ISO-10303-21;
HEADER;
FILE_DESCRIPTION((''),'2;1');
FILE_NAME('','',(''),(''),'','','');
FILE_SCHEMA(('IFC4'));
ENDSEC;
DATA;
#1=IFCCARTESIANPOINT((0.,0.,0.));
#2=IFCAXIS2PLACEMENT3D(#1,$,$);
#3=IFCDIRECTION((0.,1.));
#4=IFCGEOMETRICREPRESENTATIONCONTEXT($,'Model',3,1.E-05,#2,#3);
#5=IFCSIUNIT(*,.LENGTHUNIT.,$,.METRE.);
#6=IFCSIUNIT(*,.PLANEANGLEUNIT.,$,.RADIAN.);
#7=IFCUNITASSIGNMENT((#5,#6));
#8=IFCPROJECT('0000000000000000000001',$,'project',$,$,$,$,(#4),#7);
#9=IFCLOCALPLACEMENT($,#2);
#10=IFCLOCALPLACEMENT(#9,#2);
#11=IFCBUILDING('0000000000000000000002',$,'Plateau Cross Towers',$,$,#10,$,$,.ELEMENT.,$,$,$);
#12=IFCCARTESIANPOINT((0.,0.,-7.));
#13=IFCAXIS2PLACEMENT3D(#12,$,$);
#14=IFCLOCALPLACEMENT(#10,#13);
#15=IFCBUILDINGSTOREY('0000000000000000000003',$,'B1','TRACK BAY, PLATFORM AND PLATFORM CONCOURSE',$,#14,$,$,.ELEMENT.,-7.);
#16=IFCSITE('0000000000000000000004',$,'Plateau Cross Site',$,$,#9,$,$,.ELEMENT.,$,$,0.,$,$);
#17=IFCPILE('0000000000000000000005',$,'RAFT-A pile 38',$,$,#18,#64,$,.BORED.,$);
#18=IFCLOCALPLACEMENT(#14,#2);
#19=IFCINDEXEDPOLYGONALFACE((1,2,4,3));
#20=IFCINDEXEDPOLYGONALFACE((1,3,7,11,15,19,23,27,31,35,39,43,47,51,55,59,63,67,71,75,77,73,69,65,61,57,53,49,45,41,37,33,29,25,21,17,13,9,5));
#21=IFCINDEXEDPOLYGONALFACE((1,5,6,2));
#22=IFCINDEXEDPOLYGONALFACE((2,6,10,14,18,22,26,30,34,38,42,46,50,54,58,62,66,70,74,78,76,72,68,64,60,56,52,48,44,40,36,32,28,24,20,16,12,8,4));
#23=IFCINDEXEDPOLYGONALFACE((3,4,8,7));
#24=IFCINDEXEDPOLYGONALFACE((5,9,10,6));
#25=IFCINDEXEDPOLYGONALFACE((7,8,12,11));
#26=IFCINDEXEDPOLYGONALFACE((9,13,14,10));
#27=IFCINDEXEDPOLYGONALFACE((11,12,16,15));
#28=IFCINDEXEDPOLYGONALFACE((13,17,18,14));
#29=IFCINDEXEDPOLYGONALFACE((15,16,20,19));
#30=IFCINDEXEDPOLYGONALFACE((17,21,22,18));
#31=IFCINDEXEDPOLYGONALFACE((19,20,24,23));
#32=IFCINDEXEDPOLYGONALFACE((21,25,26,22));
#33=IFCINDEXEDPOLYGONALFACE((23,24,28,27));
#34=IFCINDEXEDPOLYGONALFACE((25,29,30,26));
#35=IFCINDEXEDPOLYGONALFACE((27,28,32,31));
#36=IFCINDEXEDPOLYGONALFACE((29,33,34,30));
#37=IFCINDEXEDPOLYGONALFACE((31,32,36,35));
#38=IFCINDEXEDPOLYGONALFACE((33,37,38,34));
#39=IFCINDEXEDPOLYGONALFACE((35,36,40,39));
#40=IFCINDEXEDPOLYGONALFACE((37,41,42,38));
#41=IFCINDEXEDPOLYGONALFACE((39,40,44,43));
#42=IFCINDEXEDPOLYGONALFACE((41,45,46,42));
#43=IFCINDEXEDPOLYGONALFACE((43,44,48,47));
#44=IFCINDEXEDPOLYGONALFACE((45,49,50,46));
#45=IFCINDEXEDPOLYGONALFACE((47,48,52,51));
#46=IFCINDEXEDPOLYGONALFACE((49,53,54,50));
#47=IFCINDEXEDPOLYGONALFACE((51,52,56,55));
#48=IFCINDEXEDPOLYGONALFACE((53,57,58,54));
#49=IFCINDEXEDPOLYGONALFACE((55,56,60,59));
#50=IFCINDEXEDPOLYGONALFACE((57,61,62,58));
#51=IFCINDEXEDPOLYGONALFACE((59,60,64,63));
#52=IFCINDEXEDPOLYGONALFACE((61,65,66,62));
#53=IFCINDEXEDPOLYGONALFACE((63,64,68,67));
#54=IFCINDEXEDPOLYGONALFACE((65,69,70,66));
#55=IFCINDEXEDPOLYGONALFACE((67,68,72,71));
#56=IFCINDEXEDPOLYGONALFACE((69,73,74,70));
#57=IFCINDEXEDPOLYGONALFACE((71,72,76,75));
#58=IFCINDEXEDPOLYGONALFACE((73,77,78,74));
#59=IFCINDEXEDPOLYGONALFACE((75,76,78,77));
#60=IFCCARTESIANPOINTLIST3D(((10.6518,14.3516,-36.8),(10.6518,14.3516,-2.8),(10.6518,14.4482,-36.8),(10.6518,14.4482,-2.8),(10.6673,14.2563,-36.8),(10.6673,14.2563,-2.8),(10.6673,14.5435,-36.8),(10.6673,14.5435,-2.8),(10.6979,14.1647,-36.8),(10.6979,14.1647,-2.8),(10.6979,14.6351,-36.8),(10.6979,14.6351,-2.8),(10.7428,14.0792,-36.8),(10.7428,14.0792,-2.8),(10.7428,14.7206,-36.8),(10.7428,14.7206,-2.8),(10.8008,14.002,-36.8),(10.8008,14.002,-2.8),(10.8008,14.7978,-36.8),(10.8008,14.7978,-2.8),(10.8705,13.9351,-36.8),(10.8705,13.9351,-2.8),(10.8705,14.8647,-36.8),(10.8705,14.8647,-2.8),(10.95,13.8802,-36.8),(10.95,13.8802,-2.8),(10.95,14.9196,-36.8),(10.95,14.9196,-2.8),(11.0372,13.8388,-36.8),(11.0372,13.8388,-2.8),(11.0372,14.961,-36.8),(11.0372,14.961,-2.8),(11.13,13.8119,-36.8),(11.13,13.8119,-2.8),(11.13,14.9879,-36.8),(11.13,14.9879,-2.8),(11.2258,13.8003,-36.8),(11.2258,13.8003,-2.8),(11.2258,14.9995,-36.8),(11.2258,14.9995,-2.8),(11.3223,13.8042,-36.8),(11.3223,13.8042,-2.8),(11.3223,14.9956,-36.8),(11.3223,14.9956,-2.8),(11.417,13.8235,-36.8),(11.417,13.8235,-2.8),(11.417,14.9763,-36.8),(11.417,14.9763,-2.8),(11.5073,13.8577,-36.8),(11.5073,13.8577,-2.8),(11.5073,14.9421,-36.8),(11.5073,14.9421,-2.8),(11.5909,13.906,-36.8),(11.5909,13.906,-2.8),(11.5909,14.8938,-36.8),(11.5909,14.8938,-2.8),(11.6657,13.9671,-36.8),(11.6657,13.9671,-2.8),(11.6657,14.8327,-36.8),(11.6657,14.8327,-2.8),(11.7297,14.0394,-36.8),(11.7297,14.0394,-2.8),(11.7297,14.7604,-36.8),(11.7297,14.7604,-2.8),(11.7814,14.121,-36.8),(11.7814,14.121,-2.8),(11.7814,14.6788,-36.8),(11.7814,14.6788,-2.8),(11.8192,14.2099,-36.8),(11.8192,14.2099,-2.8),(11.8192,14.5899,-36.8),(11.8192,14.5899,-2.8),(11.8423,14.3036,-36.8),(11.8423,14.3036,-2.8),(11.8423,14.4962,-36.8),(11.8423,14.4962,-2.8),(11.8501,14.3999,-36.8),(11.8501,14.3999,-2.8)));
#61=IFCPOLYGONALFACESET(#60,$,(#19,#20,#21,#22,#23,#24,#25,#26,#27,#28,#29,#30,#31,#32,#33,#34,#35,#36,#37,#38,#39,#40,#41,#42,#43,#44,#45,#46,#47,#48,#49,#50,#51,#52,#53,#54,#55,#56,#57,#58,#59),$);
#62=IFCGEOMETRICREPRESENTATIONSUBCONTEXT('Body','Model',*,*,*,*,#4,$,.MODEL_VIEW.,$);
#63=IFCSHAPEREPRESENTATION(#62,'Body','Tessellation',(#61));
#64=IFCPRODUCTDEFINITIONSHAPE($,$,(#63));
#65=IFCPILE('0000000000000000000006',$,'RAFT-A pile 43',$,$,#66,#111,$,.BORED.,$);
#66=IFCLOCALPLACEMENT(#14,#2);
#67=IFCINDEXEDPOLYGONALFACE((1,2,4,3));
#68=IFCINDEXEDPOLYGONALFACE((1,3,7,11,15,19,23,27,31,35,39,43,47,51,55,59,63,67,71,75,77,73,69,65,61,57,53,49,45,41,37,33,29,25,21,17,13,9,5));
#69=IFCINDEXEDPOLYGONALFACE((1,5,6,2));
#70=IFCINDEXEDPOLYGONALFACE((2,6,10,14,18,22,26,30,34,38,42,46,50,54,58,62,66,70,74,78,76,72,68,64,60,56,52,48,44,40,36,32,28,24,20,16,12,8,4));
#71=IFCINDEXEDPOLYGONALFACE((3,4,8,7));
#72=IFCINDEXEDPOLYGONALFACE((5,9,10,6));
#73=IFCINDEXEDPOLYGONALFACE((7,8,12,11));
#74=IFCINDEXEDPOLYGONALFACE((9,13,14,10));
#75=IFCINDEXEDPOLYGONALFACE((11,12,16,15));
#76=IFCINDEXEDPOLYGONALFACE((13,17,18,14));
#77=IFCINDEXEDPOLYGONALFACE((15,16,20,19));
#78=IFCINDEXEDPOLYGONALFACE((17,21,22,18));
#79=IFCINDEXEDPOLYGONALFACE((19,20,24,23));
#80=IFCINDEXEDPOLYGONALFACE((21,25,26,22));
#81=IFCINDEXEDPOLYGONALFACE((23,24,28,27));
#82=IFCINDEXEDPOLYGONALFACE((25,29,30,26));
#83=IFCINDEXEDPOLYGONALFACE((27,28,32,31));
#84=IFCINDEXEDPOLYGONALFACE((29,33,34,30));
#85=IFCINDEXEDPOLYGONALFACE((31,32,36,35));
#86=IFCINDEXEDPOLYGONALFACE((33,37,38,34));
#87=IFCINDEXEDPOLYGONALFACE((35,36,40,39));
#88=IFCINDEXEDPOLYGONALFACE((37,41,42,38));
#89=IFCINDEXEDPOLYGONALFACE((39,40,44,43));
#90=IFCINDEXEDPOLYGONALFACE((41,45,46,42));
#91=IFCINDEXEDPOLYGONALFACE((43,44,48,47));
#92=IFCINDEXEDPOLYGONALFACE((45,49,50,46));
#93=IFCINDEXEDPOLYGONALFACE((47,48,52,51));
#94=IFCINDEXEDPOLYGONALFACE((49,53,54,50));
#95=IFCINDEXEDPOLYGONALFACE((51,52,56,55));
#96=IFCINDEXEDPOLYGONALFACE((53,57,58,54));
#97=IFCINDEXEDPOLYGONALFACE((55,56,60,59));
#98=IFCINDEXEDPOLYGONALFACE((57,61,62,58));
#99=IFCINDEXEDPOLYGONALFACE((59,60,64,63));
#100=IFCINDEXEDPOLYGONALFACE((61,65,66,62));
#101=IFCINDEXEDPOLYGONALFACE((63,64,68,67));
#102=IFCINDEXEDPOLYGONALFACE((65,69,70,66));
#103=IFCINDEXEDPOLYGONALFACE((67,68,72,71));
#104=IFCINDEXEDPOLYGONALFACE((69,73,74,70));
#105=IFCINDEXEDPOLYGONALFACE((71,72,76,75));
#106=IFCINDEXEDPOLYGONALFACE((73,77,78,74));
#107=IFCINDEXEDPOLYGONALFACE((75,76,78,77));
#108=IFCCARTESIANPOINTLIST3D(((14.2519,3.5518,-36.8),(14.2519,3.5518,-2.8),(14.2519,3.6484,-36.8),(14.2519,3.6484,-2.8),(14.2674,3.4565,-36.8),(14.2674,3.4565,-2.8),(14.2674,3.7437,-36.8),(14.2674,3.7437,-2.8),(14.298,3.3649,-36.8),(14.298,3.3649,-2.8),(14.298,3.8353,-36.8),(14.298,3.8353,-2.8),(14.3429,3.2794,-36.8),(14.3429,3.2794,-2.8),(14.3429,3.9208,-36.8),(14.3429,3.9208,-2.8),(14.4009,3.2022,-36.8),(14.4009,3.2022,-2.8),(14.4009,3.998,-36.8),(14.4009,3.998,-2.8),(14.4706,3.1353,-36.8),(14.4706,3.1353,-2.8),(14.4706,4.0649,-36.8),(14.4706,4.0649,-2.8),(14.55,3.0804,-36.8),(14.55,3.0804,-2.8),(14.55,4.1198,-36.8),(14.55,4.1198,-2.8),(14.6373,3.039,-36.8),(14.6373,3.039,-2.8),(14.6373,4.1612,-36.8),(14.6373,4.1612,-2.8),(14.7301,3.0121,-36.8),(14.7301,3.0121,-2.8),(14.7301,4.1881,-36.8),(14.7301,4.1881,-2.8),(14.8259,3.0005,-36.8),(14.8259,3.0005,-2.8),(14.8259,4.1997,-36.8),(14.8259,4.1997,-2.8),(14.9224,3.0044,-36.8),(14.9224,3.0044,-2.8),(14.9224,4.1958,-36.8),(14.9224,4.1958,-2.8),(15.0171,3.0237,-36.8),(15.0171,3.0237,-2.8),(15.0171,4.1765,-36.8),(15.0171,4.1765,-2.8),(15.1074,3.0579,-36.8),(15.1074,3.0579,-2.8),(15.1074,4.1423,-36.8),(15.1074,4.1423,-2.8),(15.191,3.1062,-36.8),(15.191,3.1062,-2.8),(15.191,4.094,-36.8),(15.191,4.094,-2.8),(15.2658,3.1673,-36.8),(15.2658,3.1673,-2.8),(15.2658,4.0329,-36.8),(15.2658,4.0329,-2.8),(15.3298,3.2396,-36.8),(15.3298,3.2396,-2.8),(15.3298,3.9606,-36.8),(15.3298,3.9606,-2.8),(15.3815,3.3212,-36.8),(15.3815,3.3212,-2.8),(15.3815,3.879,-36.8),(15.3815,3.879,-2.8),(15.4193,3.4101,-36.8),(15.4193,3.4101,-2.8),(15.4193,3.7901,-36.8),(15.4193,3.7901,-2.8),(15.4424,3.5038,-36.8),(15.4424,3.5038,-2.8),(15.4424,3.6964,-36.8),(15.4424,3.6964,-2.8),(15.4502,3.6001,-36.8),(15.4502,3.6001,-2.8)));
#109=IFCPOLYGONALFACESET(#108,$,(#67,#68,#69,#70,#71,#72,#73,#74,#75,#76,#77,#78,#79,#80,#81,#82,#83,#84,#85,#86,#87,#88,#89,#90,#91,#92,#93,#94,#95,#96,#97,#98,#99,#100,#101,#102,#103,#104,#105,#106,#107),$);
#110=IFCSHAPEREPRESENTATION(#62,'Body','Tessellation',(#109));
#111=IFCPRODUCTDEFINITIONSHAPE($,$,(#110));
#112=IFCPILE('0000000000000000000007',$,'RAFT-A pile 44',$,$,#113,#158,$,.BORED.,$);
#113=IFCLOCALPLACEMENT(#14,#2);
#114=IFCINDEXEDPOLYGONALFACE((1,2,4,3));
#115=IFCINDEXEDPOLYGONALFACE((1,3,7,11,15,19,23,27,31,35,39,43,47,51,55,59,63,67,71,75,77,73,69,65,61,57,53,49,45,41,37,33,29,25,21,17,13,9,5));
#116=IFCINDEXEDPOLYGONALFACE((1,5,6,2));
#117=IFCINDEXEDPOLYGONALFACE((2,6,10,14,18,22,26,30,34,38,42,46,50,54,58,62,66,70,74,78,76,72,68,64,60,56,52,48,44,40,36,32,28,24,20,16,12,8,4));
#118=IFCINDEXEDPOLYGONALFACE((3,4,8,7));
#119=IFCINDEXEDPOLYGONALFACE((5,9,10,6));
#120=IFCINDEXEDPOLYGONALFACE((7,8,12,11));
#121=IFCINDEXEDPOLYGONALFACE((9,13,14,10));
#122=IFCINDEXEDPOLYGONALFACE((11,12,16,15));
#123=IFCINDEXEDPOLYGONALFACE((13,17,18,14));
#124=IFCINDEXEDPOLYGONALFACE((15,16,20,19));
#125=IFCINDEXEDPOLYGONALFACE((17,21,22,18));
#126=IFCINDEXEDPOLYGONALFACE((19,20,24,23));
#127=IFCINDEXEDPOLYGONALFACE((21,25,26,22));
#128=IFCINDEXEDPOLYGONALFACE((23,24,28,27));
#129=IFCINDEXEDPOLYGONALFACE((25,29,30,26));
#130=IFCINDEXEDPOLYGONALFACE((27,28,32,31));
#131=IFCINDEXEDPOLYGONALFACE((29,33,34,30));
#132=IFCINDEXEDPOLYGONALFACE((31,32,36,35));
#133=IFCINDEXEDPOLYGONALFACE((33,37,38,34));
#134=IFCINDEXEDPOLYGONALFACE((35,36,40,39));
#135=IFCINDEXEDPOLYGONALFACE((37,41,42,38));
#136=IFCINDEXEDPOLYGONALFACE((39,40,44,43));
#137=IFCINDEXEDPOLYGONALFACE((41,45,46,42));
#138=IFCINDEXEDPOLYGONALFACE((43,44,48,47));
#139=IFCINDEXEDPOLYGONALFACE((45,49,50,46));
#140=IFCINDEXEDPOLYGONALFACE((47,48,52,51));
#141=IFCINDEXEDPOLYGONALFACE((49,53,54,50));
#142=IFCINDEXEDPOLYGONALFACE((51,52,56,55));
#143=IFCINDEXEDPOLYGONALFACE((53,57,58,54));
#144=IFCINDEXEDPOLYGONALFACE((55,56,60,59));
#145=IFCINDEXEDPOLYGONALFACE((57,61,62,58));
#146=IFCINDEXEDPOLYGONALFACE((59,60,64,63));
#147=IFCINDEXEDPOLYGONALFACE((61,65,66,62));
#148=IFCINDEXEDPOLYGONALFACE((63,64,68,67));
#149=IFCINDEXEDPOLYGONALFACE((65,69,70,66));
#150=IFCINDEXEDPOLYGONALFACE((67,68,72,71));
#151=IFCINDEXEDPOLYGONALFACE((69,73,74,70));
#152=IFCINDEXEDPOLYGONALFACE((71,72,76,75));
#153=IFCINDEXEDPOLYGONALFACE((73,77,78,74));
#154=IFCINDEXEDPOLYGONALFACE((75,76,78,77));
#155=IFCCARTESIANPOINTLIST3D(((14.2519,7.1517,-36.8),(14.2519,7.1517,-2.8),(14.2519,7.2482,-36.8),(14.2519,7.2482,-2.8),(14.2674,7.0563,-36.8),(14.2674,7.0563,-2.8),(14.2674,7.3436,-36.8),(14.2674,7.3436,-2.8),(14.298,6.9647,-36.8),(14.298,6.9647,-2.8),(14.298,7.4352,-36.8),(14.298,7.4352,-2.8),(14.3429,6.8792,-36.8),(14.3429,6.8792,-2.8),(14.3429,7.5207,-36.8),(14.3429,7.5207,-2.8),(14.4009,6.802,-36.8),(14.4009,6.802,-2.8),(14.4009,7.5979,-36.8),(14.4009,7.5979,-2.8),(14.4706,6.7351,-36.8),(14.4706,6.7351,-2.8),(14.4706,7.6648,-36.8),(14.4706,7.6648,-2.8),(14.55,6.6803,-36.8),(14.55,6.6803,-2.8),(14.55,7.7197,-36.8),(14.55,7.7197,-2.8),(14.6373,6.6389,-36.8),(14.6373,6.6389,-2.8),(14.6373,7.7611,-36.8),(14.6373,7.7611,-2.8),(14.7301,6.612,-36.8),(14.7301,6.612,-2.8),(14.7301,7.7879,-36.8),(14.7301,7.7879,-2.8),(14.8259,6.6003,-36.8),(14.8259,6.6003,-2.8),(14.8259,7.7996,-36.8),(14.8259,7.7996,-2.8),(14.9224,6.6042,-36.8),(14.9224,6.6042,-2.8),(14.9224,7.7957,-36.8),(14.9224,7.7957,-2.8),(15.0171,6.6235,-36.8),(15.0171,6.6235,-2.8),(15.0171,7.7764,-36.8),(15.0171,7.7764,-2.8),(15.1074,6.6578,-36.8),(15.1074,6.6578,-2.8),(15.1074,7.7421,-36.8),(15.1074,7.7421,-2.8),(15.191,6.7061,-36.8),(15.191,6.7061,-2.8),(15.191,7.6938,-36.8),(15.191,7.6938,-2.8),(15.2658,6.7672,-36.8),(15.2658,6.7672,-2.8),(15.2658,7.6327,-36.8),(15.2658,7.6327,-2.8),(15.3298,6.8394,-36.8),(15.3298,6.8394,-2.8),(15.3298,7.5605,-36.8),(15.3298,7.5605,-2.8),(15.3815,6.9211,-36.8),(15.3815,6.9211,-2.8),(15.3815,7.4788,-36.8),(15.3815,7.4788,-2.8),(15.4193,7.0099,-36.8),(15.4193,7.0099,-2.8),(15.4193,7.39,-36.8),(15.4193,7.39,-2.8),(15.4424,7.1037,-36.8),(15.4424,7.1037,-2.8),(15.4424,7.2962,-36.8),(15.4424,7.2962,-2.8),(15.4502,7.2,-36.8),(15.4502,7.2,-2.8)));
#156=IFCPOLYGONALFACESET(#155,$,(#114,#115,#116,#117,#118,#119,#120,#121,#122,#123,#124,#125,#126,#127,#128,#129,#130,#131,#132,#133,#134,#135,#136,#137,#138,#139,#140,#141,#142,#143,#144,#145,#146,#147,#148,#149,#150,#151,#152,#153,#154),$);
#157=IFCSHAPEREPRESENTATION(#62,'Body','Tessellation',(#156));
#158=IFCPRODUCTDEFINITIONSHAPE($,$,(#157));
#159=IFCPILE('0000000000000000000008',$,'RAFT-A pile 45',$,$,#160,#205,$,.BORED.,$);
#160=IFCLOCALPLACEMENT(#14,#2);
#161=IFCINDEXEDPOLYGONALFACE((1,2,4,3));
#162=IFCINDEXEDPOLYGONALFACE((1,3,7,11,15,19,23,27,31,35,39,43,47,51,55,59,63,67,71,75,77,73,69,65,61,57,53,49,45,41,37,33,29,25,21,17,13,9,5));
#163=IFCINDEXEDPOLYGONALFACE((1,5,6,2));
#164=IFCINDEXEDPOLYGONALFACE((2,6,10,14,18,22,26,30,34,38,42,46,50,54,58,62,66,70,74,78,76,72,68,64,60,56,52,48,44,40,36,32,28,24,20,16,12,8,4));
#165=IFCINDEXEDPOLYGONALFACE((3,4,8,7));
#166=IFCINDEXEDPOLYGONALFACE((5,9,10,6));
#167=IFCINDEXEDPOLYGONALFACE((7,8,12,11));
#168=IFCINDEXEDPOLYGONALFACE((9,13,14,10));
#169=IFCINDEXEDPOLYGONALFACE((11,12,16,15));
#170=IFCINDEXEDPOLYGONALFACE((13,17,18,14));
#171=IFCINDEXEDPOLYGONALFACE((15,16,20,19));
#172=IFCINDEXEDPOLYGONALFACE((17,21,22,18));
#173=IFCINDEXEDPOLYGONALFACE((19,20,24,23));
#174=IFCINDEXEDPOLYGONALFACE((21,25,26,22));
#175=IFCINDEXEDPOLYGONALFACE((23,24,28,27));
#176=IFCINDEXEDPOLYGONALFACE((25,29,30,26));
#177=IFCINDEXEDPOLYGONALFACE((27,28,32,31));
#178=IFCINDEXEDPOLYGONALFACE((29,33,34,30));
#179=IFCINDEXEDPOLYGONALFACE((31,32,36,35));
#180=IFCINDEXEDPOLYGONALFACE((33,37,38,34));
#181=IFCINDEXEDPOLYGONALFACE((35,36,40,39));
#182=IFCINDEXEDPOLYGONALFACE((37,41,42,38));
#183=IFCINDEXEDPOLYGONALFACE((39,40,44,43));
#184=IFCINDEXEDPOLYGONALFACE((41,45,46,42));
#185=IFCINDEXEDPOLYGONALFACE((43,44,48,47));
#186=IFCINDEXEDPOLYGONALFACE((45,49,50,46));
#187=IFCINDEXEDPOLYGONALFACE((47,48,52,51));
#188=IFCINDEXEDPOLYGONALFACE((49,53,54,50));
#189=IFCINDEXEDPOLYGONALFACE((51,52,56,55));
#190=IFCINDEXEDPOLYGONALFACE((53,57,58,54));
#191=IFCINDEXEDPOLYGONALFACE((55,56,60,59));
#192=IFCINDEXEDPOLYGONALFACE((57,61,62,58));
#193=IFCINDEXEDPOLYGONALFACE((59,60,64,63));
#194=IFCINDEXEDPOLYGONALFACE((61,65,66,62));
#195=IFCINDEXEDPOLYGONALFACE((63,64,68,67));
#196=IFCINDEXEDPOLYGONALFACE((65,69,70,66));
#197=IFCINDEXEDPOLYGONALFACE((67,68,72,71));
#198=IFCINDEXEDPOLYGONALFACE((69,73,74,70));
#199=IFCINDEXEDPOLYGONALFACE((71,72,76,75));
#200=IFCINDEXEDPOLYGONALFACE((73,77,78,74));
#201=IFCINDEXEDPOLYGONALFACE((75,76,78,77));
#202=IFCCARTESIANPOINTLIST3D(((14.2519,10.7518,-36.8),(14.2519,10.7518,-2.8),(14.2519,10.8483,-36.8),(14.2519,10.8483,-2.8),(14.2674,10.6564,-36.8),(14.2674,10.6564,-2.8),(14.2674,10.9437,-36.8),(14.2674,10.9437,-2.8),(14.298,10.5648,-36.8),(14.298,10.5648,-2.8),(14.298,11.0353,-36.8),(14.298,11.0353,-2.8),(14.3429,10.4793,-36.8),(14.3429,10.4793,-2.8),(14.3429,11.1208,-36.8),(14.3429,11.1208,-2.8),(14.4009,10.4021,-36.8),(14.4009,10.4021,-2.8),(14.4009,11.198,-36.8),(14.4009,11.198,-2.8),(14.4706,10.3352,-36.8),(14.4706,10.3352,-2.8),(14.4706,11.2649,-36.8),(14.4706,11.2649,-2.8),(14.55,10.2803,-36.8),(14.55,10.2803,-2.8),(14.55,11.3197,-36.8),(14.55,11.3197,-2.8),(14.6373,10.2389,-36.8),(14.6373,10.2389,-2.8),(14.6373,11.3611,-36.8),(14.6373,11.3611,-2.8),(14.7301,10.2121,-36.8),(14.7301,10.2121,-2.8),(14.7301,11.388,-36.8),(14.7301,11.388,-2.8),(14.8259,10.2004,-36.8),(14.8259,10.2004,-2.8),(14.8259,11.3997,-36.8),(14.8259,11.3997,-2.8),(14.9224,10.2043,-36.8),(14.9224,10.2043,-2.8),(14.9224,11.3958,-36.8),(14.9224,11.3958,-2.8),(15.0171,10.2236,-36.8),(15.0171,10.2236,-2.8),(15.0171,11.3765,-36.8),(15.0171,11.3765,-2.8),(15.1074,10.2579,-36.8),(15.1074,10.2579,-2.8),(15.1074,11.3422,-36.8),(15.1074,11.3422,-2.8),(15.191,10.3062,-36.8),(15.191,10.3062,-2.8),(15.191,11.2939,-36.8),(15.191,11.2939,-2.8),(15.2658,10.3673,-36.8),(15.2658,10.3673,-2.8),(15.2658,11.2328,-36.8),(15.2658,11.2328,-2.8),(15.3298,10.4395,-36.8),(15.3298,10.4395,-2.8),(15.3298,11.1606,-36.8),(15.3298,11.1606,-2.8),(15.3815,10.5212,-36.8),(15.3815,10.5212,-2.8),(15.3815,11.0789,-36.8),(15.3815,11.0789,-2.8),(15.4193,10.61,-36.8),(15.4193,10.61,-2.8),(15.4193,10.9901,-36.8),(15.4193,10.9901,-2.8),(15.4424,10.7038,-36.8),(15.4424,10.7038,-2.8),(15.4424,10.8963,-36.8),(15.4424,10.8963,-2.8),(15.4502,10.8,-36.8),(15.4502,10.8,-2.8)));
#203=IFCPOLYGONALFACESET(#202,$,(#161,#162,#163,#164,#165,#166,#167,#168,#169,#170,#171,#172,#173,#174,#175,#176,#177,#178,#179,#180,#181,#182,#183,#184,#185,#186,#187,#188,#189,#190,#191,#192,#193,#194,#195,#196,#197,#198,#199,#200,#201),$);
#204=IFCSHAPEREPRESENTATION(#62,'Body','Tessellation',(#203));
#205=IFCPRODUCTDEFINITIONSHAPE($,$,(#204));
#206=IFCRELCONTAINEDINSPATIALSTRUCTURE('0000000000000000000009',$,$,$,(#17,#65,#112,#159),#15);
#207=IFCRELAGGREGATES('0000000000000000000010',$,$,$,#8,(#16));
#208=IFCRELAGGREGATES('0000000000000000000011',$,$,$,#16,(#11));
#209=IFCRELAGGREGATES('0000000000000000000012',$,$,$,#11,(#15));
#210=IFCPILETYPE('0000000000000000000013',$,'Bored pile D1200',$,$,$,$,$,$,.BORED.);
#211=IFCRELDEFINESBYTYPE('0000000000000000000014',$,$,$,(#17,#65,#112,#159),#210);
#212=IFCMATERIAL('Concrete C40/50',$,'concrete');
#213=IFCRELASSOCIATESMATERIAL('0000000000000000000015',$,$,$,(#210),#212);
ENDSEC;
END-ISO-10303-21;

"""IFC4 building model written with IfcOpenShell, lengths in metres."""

from ifc_helpers import new_model, si_unit, direction, frame, origin, origin_2d, place, context, subcontext, project, spatial, circle, extrude, material, material_profile, profile_set, type_object, element, save


model = new_model("IFC4")

# Units and contexts
model_context = context("Model", 3, precision=1e-05, world=origin(), true_north=direction((0.0, 1.0)))
body_context = subcontext(model_context, "Body", "Model", "MODEL_VIEW")
ifc_project = project(units=[si_unit("LENGTHUNIT", "METRE"), si_unit("PLANEANGLEUNIT", "RADIAN")], contexts=[model_context])

# Site, building, storey
site_placement = place(None, origin())
site = spatial("IfcSite", under=ifc_project, at=site_placement, Name="Plateau Cross Site", CompositionType="ELEMENT", RefElevation=0.0)
building_placement = place(site_placement, origin())
building = spatial("IfcBuilding", under=site, at=building_placement, Name="Plateau Cross Towers", CompositionType="ELEMENT")
storey_placement = place(building_placement, frame((0.0, 0.0, -7.0)))
storey = spatial("IfcBuildingStorey", under=building, at=storey_placement, Name="B1", Description="TRACK BAY, PLATFORM AND PLATFORM CONCOURSE", CompositionType="ELEMENT", Elevation=-7.0)

# Piles
ifc_material_1 = material(Name="Concrete C40/50", Category="concrete")
ifc_material_profile = material_profile(ifc_material_1, circle(Radius=0.6001, at=origin_2d()), Name="Bored pile D1200")
ifc_profile_set = profile_set([ifc_material_profile], Name="Concrete C40/50")
pile_type = type_object("IfcPileType", Name="Bored pile D1200", PredefinedType="BORED", material=ifc_profile_set)
for number, where, z_axis, x_axis, name in (
    (1, (11.25, 14.3999, -2.8), (0.0, 0.0, -1.0), (1.0, 0.0, 0.0), "RAFT-A pile 38"),
    (2, (14.8501, 3.6001, -2.8), (0.0, 0.0, -1.0), (1.0, 0.0, 0.0), "RAFT-A pile 43"),
    (3, (14.8501, 7.2, -2.8), (0.0, 0.0, -1.0), (1.0, 0.0, 0.0), "RAFT-A pile 44"),
    (4, (14.8501, 10.8, -2.8), (0.0, 0.0, -1.0), (1.0, 0.0, 0.0), "RAFT-A pile 45"),
):
    element("IfcPile", number, at=place(storey_placement, frame(where, z_axis=z_axis, x_axis=x_axis)), inside=storey, type_object=pile_type, Name=name, PredefinedType="BORED", context=body_context, shape_type="SweptSolid", body=[
        extrude(circle(Radius=0.6001, at=origin_2d()), origin(), (0.0, 0.0, 1.0), 34.0),
    ])

save(model, "model.ifc")
